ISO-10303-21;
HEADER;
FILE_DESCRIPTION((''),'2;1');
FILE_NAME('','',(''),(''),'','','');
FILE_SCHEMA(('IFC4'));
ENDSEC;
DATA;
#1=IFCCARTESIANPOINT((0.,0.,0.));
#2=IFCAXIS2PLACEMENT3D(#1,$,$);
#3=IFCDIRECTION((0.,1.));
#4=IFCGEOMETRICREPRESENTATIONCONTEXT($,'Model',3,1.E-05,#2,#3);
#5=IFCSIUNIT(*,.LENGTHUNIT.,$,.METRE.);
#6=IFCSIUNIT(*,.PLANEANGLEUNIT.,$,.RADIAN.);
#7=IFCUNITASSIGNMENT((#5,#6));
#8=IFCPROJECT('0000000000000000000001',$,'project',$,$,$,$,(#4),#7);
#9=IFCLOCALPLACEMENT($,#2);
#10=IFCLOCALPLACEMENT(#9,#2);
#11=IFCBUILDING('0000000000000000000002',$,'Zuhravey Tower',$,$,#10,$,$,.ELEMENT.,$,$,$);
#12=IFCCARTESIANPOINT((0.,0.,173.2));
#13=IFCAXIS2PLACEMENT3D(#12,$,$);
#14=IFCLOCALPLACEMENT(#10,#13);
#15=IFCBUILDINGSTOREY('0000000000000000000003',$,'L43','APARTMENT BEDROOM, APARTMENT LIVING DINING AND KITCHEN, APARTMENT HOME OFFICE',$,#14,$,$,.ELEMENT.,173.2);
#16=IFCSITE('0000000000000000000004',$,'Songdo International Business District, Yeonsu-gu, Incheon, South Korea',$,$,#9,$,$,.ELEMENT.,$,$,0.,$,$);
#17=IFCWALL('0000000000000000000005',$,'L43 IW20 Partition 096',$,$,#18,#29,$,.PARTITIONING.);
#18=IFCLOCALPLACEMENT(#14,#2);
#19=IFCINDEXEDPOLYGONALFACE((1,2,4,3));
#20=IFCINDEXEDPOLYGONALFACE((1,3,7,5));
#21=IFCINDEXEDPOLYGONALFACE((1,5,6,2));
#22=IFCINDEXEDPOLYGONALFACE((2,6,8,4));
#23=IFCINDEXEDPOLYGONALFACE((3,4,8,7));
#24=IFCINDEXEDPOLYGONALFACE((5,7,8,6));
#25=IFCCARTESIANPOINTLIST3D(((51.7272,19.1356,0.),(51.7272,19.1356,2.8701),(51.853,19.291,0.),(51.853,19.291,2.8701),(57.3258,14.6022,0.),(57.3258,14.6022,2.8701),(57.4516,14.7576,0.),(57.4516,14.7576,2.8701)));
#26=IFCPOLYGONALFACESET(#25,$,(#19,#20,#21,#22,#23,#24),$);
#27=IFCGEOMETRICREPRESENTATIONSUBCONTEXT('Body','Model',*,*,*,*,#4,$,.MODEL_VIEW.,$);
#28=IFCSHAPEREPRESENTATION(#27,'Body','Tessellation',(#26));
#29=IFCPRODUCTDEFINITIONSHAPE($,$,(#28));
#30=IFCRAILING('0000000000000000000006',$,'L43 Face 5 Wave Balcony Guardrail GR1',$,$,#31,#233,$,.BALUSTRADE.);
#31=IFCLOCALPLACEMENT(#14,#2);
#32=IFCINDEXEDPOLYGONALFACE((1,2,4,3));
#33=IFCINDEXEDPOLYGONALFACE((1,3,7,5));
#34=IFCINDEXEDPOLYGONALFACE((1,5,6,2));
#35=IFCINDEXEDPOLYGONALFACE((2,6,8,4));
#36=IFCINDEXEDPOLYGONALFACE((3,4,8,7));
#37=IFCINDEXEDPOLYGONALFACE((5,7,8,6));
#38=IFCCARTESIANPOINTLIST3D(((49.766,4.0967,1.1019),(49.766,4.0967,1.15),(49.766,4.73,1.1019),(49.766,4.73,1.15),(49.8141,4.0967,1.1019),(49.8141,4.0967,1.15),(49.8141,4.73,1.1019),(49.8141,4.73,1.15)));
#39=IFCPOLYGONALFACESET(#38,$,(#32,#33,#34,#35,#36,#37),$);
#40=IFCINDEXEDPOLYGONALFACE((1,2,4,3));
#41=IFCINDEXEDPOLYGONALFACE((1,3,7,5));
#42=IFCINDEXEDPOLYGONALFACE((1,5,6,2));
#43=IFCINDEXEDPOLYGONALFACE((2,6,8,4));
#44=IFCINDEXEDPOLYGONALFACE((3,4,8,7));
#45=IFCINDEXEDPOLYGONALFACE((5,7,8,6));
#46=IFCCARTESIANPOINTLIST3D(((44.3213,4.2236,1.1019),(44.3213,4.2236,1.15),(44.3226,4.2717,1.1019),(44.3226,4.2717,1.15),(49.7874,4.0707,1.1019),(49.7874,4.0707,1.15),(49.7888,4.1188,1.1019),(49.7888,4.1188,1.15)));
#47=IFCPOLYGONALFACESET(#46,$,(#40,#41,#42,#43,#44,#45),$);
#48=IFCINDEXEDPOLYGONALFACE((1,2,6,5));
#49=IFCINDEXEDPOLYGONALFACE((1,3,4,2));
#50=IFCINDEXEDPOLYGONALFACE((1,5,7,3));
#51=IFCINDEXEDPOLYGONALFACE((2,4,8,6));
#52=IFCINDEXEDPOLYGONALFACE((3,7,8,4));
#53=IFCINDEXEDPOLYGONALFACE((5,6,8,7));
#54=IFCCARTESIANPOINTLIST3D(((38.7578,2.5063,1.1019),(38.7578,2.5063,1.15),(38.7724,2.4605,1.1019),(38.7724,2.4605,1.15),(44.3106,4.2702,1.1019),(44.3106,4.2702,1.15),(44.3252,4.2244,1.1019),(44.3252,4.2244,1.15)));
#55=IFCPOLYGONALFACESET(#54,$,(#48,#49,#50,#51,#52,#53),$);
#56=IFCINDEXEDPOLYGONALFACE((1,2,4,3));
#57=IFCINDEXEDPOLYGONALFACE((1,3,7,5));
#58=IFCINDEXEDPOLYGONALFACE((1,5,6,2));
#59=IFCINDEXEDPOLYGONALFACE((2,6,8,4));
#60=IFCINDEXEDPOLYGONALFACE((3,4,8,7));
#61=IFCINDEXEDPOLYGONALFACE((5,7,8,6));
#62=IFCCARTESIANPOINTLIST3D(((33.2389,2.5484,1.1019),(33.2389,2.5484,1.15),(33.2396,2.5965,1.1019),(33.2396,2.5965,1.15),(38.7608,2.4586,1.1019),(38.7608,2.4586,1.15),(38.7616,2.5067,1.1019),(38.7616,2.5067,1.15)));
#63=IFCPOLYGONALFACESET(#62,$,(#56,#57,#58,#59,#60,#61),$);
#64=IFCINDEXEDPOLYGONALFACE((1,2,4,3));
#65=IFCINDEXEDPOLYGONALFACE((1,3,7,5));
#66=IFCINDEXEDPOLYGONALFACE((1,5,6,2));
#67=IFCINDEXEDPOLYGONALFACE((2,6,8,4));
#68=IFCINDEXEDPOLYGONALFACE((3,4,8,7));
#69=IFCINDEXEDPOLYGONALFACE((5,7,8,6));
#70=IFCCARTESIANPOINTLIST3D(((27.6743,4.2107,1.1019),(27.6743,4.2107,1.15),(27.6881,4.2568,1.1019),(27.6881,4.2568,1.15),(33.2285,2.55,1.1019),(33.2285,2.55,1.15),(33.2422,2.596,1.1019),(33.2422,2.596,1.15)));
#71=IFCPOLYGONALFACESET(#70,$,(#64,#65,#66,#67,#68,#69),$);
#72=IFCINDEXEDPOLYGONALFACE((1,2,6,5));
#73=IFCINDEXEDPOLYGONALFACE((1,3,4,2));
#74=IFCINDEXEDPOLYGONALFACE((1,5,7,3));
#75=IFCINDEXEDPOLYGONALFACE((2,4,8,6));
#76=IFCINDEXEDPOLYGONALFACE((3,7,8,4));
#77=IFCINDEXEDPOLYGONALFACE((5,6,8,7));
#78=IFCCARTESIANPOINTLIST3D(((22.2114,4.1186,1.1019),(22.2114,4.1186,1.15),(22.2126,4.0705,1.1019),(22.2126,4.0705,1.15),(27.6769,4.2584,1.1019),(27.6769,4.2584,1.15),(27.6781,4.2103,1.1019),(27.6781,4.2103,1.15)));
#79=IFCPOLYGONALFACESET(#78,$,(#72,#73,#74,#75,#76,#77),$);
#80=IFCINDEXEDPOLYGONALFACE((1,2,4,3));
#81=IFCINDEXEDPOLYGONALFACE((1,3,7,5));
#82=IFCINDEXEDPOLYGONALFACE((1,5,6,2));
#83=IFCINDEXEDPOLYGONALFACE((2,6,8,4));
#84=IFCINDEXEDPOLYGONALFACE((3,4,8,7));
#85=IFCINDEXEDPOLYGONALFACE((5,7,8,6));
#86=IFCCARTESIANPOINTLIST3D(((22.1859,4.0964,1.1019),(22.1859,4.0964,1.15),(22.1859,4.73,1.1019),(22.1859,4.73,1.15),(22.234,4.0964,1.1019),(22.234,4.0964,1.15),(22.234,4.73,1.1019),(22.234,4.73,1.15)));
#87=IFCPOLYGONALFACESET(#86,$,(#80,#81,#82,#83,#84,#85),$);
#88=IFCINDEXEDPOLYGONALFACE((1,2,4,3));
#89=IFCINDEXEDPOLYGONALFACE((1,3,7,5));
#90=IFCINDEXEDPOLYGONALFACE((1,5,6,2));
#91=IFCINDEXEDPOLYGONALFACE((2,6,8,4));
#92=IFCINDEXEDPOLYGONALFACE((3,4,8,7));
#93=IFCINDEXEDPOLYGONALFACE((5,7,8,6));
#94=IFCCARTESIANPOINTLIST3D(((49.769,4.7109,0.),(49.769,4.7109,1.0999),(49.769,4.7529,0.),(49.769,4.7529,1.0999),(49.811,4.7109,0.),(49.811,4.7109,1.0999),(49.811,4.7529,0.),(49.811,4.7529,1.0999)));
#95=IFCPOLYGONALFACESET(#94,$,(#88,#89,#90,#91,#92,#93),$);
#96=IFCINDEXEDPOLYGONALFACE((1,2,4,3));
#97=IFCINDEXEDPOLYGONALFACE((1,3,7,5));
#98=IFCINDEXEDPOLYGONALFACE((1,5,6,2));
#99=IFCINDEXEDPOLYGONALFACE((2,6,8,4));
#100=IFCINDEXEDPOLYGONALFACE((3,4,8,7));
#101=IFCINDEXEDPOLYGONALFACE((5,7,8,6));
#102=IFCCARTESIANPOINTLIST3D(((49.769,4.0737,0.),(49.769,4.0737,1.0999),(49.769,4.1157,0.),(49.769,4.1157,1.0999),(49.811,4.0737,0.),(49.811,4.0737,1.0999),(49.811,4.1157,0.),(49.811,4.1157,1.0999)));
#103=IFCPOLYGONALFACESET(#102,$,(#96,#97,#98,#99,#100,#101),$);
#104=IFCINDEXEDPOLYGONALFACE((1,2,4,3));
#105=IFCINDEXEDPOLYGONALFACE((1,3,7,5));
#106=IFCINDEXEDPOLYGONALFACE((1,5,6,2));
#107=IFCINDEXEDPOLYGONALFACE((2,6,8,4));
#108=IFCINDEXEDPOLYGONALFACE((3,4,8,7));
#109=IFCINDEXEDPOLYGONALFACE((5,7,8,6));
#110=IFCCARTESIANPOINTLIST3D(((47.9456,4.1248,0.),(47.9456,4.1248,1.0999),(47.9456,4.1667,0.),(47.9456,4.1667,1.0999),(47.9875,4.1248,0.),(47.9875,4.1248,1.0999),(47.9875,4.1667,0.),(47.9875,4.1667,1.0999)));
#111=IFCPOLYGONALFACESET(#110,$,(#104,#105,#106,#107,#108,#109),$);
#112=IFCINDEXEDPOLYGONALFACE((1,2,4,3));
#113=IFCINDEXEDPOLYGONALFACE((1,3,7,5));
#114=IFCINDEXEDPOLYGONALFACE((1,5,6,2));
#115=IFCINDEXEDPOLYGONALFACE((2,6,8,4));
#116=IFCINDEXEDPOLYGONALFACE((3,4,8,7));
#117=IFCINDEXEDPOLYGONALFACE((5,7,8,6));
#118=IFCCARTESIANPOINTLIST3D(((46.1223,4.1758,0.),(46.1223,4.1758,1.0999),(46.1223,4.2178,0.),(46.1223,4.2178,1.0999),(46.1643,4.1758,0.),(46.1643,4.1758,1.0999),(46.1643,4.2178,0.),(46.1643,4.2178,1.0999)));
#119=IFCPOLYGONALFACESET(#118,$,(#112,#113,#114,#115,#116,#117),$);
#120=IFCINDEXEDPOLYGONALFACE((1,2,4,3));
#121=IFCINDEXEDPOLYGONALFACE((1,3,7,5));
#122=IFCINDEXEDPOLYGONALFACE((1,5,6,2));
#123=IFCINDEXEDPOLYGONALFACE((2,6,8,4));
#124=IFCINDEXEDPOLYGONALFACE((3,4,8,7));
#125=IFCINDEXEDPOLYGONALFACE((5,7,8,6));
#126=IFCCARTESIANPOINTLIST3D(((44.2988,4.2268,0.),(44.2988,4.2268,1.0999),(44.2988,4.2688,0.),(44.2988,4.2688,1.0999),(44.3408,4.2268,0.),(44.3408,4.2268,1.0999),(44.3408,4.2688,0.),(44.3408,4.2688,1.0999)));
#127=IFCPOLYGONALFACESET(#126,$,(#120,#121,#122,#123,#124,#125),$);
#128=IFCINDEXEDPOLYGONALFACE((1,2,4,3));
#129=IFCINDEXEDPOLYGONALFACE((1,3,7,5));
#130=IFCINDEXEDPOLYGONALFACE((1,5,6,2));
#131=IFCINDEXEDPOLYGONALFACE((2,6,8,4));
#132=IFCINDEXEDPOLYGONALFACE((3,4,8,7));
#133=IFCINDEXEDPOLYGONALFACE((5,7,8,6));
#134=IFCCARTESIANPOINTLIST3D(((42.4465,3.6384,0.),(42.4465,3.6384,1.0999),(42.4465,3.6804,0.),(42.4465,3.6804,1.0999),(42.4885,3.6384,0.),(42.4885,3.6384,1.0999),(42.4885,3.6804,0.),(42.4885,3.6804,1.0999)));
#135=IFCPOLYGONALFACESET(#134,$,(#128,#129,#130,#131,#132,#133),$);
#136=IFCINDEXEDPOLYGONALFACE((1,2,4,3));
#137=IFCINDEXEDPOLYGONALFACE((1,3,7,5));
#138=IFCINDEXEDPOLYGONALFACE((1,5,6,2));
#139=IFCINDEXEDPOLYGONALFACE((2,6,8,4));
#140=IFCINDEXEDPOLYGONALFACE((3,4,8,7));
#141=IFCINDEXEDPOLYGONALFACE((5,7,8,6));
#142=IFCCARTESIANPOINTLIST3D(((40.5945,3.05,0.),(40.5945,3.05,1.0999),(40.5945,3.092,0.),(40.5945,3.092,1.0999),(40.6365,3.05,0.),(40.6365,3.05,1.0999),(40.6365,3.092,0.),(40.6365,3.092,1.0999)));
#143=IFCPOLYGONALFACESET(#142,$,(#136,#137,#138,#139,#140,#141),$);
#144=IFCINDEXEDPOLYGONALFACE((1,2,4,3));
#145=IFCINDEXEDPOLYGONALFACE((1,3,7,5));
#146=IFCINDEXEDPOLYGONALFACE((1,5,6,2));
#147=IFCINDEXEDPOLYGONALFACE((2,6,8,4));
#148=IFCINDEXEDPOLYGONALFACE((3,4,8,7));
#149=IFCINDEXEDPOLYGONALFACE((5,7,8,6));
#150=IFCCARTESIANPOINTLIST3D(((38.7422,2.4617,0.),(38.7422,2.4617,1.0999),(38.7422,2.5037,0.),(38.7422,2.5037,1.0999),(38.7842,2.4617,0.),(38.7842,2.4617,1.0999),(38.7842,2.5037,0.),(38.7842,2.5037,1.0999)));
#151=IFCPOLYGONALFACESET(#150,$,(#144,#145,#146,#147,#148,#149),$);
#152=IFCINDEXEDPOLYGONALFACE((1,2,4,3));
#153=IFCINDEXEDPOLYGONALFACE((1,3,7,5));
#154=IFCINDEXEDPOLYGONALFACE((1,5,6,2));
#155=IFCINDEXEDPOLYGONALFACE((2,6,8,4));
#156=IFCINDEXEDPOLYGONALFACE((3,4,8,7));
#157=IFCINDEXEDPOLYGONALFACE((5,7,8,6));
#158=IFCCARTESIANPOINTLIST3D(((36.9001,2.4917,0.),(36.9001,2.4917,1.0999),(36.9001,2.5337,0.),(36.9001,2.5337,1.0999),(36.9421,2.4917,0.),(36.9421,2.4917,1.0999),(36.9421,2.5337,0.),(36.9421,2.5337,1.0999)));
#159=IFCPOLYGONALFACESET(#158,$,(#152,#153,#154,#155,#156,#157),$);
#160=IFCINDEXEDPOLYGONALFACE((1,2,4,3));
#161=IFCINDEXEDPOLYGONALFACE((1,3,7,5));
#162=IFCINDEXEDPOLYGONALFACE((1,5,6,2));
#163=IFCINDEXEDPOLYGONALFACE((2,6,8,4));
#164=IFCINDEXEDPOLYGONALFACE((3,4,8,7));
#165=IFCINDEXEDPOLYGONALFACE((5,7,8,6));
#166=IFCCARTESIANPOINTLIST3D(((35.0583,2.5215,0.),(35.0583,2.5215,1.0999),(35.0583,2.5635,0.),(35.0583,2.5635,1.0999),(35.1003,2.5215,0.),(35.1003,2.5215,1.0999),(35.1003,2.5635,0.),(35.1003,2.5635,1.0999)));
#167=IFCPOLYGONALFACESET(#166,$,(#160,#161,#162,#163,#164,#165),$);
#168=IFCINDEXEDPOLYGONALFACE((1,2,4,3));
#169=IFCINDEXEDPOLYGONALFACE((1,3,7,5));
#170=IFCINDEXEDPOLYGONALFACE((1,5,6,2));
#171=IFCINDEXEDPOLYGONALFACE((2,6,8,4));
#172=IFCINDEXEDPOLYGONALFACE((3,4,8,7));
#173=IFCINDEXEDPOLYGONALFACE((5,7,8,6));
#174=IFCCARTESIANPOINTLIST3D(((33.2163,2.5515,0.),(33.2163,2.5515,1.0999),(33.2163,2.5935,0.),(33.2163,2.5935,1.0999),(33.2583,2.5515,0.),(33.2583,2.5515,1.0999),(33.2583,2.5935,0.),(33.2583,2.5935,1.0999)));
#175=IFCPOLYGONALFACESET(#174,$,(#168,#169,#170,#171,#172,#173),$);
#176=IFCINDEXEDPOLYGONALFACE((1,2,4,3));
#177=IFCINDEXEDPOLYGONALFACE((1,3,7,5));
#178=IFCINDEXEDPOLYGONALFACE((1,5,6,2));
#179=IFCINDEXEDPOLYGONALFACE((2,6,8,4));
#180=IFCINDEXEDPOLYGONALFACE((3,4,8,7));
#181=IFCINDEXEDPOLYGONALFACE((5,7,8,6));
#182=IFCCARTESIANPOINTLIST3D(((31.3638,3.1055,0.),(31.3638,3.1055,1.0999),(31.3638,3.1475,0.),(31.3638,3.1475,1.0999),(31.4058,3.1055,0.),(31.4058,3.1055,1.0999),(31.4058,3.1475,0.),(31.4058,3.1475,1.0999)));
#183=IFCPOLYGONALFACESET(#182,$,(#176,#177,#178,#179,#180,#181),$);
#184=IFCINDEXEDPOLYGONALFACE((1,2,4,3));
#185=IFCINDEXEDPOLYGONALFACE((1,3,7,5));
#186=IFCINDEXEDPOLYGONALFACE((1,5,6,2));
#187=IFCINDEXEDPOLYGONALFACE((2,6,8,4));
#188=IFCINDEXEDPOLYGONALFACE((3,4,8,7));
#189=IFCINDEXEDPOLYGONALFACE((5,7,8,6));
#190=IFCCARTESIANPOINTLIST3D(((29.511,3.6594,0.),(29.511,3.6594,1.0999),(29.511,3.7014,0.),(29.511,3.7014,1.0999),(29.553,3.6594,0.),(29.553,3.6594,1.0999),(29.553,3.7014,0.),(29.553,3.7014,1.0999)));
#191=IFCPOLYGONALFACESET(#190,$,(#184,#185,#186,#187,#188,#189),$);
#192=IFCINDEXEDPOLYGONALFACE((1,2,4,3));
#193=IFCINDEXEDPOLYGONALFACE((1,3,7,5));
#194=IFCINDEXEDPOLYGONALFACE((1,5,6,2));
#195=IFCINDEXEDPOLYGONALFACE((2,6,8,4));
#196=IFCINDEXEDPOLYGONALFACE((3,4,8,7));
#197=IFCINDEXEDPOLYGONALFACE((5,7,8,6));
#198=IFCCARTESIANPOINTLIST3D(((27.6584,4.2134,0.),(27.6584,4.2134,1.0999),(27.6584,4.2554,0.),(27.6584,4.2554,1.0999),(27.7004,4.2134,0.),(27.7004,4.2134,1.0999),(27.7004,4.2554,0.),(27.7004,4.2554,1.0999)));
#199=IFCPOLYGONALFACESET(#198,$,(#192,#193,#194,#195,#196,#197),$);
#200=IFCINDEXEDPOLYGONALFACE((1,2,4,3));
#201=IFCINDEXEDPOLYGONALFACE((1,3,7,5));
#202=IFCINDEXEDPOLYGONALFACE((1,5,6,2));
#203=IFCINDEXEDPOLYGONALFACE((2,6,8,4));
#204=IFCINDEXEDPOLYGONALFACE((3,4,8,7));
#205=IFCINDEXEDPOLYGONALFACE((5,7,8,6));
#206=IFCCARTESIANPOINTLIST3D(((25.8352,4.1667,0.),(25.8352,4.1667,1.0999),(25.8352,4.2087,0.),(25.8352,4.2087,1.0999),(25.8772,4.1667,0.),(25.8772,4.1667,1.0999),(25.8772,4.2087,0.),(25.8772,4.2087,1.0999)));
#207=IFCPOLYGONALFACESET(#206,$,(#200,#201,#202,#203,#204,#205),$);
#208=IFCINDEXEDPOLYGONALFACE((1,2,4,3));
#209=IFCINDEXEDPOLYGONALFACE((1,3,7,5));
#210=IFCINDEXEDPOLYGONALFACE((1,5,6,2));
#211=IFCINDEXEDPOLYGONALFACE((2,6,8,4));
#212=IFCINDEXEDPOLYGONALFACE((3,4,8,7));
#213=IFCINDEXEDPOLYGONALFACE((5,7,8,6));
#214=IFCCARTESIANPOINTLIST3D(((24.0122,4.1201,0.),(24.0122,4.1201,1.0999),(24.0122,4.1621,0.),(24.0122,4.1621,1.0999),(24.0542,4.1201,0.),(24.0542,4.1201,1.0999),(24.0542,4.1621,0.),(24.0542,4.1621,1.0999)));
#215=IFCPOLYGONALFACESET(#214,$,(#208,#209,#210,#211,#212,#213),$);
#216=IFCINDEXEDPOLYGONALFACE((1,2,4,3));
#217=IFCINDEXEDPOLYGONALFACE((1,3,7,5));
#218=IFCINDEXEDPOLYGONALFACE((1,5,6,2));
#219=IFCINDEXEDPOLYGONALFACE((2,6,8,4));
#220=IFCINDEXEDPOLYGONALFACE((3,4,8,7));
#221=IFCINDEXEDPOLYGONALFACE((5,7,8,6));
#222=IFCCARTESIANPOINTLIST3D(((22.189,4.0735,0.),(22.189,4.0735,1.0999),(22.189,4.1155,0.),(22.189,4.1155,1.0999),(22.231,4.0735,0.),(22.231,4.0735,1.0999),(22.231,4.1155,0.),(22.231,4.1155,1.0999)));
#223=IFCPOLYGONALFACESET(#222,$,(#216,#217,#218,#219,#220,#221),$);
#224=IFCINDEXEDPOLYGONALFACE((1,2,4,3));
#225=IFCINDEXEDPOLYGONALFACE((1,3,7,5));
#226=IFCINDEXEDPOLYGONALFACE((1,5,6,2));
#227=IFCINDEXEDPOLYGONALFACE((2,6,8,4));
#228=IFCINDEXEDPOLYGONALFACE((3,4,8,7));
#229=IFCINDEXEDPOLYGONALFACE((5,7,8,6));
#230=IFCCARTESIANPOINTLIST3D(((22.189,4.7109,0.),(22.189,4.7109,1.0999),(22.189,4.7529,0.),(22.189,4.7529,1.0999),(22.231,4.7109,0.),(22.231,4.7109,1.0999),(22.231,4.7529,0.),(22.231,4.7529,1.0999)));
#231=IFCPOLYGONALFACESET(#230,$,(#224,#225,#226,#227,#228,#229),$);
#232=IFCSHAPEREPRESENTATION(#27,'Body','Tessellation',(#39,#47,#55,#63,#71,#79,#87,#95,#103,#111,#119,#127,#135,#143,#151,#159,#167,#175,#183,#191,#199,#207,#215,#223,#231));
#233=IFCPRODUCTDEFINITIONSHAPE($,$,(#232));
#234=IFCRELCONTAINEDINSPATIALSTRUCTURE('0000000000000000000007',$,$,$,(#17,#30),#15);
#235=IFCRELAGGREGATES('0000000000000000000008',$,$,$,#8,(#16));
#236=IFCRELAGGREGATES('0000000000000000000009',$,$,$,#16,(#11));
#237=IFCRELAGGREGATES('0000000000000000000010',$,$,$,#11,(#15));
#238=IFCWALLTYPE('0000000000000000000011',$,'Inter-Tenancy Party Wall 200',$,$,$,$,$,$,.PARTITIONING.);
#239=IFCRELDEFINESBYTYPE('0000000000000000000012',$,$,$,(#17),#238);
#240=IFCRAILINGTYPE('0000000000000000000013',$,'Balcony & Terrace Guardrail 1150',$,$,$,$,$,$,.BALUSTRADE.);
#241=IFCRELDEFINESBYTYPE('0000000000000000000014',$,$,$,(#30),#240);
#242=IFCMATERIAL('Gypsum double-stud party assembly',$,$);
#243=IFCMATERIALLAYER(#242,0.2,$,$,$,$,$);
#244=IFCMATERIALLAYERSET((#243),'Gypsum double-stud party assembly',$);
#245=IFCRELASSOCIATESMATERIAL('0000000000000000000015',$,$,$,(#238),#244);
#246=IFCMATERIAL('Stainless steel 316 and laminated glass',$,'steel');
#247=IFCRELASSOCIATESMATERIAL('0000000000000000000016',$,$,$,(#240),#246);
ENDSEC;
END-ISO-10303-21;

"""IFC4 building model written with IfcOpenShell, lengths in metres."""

from ifc_helpers import new_model, si_unit, direction, frame, frame_2d, origin, origin_2d, place, context, subcontext, project, spatial, rectangle, extrude, material, layer, layer_set, type_object, element, save


model = new_model("IFC4")

# Units and contexts
model_context = context("Model", 3, precision=1e-05, world=origin(), true_north=direction((0.0, 1.0)))
body_context = subcontext(model_context, "Body", "Model", "MODEL_VIEW")
ifc_project = project(units=[si_unit("LENGTHUNIT", "METRE"), si_unit("PLANEANGLEUNIT", "RADIAN")], contexts=[model_context])

# Site, building, storey
site_placement = place(None, origin())
site = spatial("IfcSite", under=ifc_project, at=site_placement, Name="Songdo International Business District, Yeonsu-gu, Incheon, South Korea", CompositionType="ELEMENT", RefElevation=0.0)
building_placement = place(site_placement, origin())
building = spatial("IfcBuilding", under=site, at=building_placement, Name="Zuhravey Tower", CompositionType="ELEMENT")
storey_placement = place(building_placement, frame((0.0, 0.0, 173.2)))
storey = spatial("IfcBuildingStorey", under=building, at=storey_placement, Name="L43", Description="APARTMENT BEDROOM, APARTMENT LIVING DINING AND KITCHEN, APARTMENT HOME OFFICE", CompositionType="ELEMENT", Elevation=173.2)

# Wall
ifc_material_1 = material(Name="Gypsum double-stud party assembly")
ifc_layer_1 = layer(ifc_material_1, 0.2)
ifc_layer_set_1 = layer_set([ifc_layer_1], Name="Gypsum double-stud party assembly")
wall_type_1 = type_object("IfcWallType", Name="Inter-Tenancy Party Wall 200", PredefinedType="PARTITIONING", material=ifc_layer_set_1)
wall_1_placement = place(storey_placement, frame((51.79, 19.2134, 0.0), z_axis=(0.0, 0.0, 1.0), x_axis=(0.777162, -0.629301, 0.0)))
element("IfcWall", 1, at=wall_1_placement, inside=storey, type_object=wall_type_1, Name="L43 IW20 Partition 096", PredefinedType="PARTITIONING", context=body_context, shape_type="SweptSolid", body=[
    extrude(rectangle(XDim=7.2039, YDim=0.2, at=frame_2d((3.6021, 0.0))), origin(), (0.0, 0.0, 1.0), 2.8701),
])

# Railing
ifc_material_2 = material(Name="Stainless steel 316 and laminated glass", Category="steel")
railing_type = type_object("IfcRailingType", Name="Balcony & Terrace Guardrail 1150", PredefinedType="BALUSTRADE", material=ifc_material_2)
railing_placement = place(storey_placement, frame((49.79, 4.7319, 0.0)))
element("IfcRailing", 2, at=railing_placement, inside=storey, type_object=railing_type, Name="L43 Face 5 Wave Balcony Guardrail GR1", PredefinedType="BALUSTRADE", context=body_context, shape_type="SweptSolid", body=[
    extrude(rectangle(XDim=0.0481, YDim=0.0481, at=origin_2d()), frame((0.0, -0.002, 1.126), z_axis=(0.0, -1.0, 0.0), x_axis=(1.0, 0.0, 0.0)), (0.0, 0.0, 1.0), 0.6333),
    extrude(rectangle(XDim=0.0481, YDim=0.0481, at=origin_2d()), frame((-0.002, -0.6372, 1.126), z_axis=(-0.999609, 0.027973, 0.0), x_axis=(-0.027973, -0.999609, 0.0)), (0.0, 0.0, 1.0), 5.4683),
    extrude(rectangle(XDim=0.0481, YDim=0.0481, at=origin_2d()), frame((-5.4722, -0.4846, 1.126), z_axis=(-0.953069, -0.302754, 0.0), x_axis=(0.302754, -0.953069, 0.0)), (0.0, 0.0, 1.0), 5.8262),
    extrude(rectangle(XDim=0.0481, YDim=0.0481, at=origin_2d()), frame((-11.0288, -2.2493, 1.126), z_axis=(-0.999868, 0.016257, 0.0), x_axis=(-0.016257, -0.999868, 0.0)), (0.0, 0.0, 1.0), 5.5227),
    extrude(rectangle(XDim=0.0481, YDim=0.0481, at=origin_2d()), frame((-16.5547, -2.1589, 1.126), z_axis=(-0.958087, 0.286479, 0.0), x_axis=(-0.286479, -0.958087, 0.0)), (0.0, 0.0, 1.0), 5.7971),
    extrude(rectangle(XDim=0.0481, YDim=0.0481, at=origin_2d()), frame((-22.1125, -0.4976, 1.126), z_axis=(-0.999673, -0.025569, 0.0), x_axis=(0.025569, -0.999673, 0.0)), (0.0, 0.0, 1.0), 5.4673),
    extrude(rectangle(XDim=0.0481, YDim=0.0481, at=origin_2d()), frame((-27.5801, -0.6355, 1.126), z_axis=(0.0, 1.0, 0.0), x_axis=(-1.0, 0.0, 0.0)), (0.0, 0.0, 1.0), 0.6335),
    extrude(rectangle(XDim=0.042, YDim=0.042, at=origin_2d()), origin(), (0.0, 0.0, 1.0), 1.0999),
    extrude(rectangle(XDim=0.042, YDim=0.042, at=origin_2d()), frame((0.0, -0.6372, 0.0)), (0.0, 0.0, 1.0), 1.0999),
    extrude(rectangle(XDim=0.042, YDim=0.042, at=origin_2d()), frame((-1.8235, -0.5862, 0.0)), (0.0, 0.0, 1.0), 1.0999),
    extrude(rectangle(XDim=0.042, YDim=0.042, at=origin_2d()), frame((-3.6467, -0.5352, 0.0)), (0.0, 0.0, 1.0), 1.0999),
    extrude(rectangle(XDim=0.042, YDim=0.042, at=origin_2d()), frame((-5.4702, -0.4841, 0.0)), (0.0, 0.0, 1.0), 1.0999),
    extrude(rectangle(XDim=0.042, YDim=0.042, at=origin_2d()), frame((-7.3225, -1.0725, 0.0)), (0.0, 0.0, 1.0), 1.0999),
    extrude(rectangle(XDim=0.042, YDim=0.042, at=origin_2d()), frame((-9.1746, -1.6609, 0.0)), (0.0, 0.0, 1.0), 1.0999),
    extrude(rectangle(XDim=0.042, YDim=0.042, at=origin_2d()), frame((-11.0269, -2.2493, 0.0)), (0.0, 0.0, 1.0), 1.0999),
    extrude(rectangle(XDim=0.042, YDim=0.042, at=origin_2d()), frame((-12.8689, -2.2192, 0.0)), (0.0, 0.0, 1.0), 1.0999),
    extrude(rectangle(XDim=0.042, YDim=0.042, at=origin_2d()), frame((-14.7107, -2.1895, 0.0)), (0.0, 0.0, 1.0), 1.0999),
    extrude(rectangle(XDim=0.042, YDim=0.042, at=origin_2d()), frame((-16.5527, -2.1594, 0.0)), (0.0, 0.0, 1.0), 1.0999),
    extrude(rectangle(XDim=0.042, YDim=0.042, at=origin_2d()), frame((-18.4053, -1.6055, 0.0)), (0.0, 0.0, 1.0), 1.0999),
    extrude(rectangle(XDim=0.042, YDim=0.042, at=origin_2d()), frame((-20.2581, -1.0515, 0.0)), (0.0, 0.0, 1.0), 1.0999),
    extrude(rectangle(XDim=0.042, YDim=0.042, at=origin_2d()), frame((-22.1106, -0.4976, 0.0)), (0.0, 0.0, 1.0), 1.0999),
    extrude(rectangle(XDim=0.042, YDim=0.042, at=origin_2d()), frame((-23.9338, -0.5442, 0.0)), (0.0, 0.0, 1.0), 1.0999),
    extrude(rectangle(XDim=0.042, YDim=0.042, at=origin_2d()), frame((-25.7568, -0.5908, 0.0)), (0.0, 0.0, 1.0), 1.0999),
    extrude(rectangle(XDim=0.042, YDim=0.042, at=origin_2d()), frame((-27.5801, -0.6375, 0.0)), (0.0, 0.0, 1.0), 1.0999),
    extrude(rectangle(XDim=0.042, YDim=0.042, at=origin_2d()), frame((-27.5801, 0.0, 0.0)), (0.0, 0.0, 1.0), 1.0999),
])

save(model, "model.ifc")
